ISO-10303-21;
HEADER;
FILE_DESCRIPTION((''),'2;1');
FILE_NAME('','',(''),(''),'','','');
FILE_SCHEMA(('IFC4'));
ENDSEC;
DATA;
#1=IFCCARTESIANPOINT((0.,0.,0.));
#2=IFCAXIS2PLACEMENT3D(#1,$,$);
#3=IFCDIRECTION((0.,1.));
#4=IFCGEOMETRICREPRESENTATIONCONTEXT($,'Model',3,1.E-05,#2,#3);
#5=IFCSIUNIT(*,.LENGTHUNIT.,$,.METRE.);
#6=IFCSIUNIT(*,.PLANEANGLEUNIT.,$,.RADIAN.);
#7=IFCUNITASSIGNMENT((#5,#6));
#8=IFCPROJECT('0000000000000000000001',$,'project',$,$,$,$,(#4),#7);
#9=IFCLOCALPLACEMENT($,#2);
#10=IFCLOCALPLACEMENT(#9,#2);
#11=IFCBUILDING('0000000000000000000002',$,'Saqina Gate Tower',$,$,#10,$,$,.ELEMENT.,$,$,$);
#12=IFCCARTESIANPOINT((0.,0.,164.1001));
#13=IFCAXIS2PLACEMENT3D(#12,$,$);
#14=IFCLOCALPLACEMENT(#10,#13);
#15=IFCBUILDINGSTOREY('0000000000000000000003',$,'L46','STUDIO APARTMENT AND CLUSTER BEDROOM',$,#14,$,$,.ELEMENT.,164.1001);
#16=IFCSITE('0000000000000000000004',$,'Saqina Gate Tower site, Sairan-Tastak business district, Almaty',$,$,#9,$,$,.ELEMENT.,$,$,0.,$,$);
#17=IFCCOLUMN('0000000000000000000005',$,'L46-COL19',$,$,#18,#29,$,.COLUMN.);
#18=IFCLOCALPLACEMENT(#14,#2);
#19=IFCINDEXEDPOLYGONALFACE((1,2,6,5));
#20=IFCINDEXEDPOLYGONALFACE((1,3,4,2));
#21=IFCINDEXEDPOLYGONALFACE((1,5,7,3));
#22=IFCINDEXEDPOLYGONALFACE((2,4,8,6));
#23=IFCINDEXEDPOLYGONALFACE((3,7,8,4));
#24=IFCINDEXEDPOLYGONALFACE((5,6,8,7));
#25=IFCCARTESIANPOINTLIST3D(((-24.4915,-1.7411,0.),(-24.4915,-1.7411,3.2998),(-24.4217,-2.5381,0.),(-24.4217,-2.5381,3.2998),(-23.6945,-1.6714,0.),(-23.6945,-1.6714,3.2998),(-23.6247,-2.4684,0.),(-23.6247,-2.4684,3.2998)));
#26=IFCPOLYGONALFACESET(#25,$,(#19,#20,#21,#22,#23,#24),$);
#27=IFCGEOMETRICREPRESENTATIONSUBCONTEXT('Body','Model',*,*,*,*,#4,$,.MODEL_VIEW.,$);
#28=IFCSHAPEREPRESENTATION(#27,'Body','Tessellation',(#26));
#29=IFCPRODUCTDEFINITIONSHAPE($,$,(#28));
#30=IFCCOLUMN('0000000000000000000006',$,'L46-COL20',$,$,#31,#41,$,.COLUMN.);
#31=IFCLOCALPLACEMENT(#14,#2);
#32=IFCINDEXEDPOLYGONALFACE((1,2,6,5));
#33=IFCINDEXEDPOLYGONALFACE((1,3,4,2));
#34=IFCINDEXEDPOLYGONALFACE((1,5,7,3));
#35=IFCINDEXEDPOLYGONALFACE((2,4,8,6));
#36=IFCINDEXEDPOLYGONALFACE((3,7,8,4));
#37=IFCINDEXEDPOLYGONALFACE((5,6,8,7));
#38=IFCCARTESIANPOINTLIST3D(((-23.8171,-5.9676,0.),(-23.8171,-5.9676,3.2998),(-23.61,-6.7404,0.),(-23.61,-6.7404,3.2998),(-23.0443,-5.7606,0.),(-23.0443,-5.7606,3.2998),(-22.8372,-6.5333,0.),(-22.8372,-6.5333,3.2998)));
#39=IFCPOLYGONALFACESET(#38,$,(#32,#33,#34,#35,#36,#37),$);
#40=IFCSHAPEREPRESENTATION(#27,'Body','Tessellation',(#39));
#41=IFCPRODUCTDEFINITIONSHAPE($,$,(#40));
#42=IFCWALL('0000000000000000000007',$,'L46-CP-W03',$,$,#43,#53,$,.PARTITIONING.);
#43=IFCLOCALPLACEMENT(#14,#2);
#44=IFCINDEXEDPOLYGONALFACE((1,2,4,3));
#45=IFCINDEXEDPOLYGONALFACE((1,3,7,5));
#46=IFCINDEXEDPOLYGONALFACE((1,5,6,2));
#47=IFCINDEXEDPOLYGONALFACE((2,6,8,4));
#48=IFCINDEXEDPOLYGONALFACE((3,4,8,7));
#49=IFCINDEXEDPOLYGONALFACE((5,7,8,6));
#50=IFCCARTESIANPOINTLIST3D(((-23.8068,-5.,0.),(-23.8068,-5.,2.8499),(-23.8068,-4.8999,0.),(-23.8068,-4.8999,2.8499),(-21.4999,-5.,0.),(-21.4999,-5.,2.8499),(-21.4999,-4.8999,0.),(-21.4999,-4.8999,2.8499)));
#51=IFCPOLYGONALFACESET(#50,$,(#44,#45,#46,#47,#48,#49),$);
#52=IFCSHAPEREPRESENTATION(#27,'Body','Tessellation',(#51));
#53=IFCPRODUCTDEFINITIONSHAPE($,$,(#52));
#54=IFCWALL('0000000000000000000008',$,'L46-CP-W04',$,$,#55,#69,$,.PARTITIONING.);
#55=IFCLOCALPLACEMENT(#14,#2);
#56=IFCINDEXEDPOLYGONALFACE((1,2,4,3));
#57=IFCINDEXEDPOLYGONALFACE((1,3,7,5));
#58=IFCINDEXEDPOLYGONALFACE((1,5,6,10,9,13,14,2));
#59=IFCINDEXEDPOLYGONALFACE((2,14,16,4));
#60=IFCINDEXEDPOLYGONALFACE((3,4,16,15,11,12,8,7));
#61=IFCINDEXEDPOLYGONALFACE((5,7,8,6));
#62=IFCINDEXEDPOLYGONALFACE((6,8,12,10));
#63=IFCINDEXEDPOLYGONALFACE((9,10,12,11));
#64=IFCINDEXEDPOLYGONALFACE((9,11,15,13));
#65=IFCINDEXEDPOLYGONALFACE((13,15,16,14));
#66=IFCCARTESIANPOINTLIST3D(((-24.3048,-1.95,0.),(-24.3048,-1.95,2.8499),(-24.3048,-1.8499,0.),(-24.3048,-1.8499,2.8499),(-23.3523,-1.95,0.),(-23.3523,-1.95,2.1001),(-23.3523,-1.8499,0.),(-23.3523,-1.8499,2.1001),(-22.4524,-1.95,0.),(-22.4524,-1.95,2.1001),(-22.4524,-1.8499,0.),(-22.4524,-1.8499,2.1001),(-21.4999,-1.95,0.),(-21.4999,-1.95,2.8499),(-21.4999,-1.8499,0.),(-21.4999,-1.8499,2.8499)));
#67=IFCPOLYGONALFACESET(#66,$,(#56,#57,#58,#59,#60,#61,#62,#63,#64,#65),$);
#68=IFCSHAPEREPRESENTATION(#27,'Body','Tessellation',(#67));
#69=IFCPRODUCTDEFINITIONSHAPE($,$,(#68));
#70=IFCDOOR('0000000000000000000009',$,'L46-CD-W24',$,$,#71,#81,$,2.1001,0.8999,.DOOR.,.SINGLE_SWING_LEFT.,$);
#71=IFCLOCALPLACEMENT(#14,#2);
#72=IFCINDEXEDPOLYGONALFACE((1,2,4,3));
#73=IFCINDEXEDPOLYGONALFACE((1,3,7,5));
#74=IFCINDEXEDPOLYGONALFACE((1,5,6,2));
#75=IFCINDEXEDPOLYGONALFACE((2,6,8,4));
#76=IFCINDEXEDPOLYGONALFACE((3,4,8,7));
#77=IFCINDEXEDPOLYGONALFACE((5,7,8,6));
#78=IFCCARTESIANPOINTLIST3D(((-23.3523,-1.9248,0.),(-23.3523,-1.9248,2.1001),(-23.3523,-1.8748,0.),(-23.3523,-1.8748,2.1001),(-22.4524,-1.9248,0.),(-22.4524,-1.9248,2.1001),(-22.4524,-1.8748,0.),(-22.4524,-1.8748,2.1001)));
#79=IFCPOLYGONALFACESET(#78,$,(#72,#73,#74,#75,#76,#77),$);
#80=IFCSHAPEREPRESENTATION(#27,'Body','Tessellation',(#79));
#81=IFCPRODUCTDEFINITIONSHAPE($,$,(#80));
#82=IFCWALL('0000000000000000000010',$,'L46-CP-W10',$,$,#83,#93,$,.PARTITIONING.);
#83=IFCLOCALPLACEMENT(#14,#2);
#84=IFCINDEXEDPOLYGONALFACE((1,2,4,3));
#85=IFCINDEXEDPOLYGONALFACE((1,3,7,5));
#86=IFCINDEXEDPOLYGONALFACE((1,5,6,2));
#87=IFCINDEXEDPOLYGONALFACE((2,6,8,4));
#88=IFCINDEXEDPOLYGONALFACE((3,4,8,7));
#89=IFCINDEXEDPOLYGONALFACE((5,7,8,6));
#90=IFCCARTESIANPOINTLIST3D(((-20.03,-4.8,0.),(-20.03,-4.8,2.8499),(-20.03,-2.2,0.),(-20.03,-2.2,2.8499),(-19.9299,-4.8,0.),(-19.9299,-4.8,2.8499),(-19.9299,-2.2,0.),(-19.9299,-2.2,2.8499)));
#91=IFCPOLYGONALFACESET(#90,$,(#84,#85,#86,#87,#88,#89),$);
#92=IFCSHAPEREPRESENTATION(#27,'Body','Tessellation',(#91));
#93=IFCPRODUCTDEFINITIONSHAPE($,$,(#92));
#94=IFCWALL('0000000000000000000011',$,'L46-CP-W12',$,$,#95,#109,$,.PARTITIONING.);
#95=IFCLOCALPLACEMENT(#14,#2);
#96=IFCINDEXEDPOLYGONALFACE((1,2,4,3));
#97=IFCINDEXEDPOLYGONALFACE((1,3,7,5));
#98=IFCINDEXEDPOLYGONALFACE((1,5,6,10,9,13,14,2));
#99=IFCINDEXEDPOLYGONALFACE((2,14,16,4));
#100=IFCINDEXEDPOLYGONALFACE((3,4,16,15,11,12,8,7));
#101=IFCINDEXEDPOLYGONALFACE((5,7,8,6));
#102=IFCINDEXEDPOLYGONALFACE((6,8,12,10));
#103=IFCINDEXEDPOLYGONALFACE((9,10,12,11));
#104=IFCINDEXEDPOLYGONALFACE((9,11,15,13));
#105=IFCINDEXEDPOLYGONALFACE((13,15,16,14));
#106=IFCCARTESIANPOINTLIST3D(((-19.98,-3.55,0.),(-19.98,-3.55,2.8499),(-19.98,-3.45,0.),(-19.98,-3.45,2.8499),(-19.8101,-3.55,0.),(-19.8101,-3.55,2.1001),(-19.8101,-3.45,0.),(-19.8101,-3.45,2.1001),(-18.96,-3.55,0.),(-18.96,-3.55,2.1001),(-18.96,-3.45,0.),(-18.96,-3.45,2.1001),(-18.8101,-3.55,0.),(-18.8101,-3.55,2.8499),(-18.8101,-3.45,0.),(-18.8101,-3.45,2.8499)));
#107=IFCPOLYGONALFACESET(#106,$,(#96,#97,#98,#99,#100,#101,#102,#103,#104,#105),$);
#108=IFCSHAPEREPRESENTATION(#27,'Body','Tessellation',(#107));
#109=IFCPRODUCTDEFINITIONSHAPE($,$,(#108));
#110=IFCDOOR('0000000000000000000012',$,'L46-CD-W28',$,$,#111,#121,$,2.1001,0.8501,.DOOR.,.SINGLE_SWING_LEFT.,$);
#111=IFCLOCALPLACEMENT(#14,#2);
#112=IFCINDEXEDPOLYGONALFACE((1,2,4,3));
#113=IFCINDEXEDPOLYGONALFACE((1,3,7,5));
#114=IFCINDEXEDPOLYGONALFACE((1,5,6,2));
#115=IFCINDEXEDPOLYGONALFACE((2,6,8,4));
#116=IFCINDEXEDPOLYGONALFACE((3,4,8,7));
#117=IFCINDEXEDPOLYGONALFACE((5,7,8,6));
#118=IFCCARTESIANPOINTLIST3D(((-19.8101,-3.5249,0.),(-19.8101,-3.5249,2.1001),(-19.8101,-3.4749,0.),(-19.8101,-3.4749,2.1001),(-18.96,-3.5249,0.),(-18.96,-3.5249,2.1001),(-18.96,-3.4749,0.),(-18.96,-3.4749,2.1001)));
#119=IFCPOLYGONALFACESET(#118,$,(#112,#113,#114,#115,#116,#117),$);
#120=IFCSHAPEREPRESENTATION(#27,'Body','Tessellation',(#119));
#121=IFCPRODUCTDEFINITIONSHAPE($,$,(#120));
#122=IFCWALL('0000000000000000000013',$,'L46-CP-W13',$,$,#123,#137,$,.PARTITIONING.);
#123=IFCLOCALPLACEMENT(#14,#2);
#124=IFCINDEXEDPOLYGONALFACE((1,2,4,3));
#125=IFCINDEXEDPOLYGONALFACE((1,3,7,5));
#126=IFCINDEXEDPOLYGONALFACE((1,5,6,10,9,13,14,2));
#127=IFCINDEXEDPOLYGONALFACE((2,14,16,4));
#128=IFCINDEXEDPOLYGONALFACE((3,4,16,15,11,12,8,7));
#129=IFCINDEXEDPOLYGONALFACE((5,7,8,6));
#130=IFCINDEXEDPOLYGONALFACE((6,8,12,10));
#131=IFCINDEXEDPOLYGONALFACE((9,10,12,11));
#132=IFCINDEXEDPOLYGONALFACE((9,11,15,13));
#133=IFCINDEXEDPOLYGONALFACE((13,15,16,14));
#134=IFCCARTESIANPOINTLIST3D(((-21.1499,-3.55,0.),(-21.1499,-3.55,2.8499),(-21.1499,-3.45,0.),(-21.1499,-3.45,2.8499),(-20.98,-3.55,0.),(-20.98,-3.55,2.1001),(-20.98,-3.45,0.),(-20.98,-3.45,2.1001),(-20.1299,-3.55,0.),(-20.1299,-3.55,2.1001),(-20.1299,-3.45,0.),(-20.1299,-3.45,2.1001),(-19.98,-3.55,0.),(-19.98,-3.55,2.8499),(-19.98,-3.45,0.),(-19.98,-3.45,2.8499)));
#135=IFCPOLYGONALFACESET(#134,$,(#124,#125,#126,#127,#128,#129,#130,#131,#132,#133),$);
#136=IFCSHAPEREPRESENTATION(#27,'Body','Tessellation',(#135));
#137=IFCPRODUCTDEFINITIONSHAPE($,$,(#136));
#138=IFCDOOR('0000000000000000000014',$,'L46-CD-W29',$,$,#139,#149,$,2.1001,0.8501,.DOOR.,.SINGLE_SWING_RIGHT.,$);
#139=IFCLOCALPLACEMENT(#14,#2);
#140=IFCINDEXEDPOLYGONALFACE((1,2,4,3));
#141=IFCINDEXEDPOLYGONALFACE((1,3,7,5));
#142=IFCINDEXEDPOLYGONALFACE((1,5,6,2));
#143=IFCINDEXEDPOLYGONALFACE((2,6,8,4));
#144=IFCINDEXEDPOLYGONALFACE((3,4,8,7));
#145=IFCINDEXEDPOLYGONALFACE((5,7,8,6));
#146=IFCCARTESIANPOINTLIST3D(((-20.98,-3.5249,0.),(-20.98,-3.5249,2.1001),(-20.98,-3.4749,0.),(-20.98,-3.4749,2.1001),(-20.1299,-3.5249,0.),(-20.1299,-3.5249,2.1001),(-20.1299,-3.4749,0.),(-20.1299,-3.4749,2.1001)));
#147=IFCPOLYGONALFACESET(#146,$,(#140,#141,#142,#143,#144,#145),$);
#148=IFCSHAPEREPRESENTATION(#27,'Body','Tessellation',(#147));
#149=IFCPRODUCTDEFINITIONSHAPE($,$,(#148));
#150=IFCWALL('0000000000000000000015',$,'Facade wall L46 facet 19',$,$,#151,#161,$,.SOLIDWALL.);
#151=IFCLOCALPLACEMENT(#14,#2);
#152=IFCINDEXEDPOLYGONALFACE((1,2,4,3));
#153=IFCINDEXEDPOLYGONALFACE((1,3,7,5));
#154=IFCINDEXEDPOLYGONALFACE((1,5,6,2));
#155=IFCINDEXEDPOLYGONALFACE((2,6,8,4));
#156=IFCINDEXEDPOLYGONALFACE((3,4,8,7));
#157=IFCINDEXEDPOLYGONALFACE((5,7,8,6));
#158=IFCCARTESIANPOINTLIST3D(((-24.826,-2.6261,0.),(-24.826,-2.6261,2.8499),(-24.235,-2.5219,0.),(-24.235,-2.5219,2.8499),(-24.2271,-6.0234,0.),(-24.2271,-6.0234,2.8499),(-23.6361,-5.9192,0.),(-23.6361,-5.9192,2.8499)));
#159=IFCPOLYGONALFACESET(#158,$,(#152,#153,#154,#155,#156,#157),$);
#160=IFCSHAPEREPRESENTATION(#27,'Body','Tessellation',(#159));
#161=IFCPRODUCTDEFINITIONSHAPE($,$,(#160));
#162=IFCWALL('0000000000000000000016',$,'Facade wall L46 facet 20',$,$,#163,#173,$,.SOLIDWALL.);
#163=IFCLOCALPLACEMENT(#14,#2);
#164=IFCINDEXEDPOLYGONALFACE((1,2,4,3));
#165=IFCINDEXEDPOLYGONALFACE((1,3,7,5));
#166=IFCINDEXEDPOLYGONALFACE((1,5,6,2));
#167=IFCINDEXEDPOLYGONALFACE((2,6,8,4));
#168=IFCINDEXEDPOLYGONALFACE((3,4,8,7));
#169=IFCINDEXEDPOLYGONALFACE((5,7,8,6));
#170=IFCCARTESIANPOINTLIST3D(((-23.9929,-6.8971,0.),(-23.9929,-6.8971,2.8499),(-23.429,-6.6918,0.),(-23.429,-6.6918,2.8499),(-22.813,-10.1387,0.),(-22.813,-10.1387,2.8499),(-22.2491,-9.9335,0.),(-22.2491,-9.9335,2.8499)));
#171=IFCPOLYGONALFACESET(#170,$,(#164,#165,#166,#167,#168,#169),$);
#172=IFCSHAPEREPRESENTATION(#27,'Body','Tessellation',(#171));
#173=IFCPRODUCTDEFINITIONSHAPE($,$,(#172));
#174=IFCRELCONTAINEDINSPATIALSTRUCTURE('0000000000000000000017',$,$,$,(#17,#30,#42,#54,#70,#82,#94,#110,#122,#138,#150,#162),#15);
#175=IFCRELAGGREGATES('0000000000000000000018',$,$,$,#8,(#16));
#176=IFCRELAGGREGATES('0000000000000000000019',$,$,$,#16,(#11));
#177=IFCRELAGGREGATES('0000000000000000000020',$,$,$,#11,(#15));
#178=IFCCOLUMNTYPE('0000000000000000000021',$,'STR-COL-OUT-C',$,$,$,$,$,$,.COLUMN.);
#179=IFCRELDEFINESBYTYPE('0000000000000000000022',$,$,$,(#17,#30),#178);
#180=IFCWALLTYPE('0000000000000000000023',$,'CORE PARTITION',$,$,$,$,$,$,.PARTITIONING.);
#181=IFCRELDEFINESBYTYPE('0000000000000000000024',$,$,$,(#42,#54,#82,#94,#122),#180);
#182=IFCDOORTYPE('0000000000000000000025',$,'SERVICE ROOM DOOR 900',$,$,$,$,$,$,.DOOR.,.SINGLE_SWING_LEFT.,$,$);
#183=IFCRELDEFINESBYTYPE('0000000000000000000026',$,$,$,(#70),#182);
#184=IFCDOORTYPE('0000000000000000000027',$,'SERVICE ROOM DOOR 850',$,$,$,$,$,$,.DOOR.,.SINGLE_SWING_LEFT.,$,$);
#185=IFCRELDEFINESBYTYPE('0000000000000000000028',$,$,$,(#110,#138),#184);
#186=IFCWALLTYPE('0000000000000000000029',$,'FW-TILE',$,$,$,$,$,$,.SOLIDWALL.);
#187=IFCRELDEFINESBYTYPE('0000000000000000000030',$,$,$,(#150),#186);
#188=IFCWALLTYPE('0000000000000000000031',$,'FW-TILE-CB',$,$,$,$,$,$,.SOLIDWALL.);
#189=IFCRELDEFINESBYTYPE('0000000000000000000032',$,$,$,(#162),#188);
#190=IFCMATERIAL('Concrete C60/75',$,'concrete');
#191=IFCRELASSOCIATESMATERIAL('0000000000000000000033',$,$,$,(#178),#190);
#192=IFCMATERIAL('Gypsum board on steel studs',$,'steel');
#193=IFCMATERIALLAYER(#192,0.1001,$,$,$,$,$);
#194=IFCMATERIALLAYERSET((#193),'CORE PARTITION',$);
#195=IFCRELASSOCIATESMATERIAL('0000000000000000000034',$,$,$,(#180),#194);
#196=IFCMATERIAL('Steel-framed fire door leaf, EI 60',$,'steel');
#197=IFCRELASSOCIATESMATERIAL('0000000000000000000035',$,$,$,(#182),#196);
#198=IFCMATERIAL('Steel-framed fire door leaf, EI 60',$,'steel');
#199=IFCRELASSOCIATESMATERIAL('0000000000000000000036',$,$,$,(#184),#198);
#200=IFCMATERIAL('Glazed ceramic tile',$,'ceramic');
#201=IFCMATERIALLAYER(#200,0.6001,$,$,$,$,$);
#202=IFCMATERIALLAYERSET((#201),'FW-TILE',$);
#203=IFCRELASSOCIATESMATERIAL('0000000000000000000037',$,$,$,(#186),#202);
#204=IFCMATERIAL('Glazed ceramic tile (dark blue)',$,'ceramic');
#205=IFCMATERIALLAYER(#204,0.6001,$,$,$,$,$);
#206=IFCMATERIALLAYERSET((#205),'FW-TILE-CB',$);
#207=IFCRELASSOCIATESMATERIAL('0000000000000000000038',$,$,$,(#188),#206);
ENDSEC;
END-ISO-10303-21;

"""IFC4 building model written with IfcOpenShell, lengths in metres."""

from ifc_helpers import new_model, si_unit, direction, frame, frame_2d, origin, origin_2d, place, context, subcontext, project, spatial, rectangle, extrude, material, layer, layer_set, material_profile, profile_set, type_object, element, fill, save


model = new_model("IFC4")

# Units and contexts
model_context = context("Model", 3, precision=1e-05, world=origin(), true_north=direction((0.0, 1.0)))
body_context = subcontext(model_context, "Body", "Model", "MODEL_VIEW")
ifc_project = project(units=[si_unit("LENGTHUNIT", "METRE"), si_unit("PLANEANGLEUNIT", "RADIAN")], contexts=[model_context])

# Site, building, storey
site_placement = place(None, origin())
site = spatial("IfcSite", under=ifc_project, at=site_placement, Name="Saqina Gate Tower site, Sairan-Tastak business district, Almaty", CompositionType="ELEMENT", RefElevation=0.0)
building_placement = place(site_placement, origin())
building = spatial("IfcBuilding", under=site, at=building_placement, Name="Saqina Gate Tower", CompositionType="ELEMENT")
storey_placement = place(building_placement, frame((0.0, 0.0, 164.1001)))
storey = spatial("IfcBuildingStorey", under=building, at=storey_placement, Name="L46", Description="STUDIO APARTMENT AND CLUSTER BEDROOM", CompositionType="ELEMENT", Elevation=164.1001)

# Columns
ifc_material_1 = material(Name="Concrete C60/75", Category="concrete")
ifc_material_profile = material_profile(ifc_material_1, rectangle(XDim=0.8, YDim=0.8, at=origin_2d()), Name="RC 800x800")
ifc_profile_set = profile_set([ifc_material_profile], Name="Concrete C60/75")
column_type = type_object("IfcColumnType", Name="STR-COL-OUT-C", PredefinedType="COLUMN", material=ifc_profile_set)
for number, where, z_axis, x_axis, name in (
    (1, (-24.0581, -2.1047, 0.0), (0.0, 0.0, 1.0), (-0.996195, -0.087156, 0.0), "L46-COL19"),
    (2, (-23.3271, -6.2505, 0.0), (0.0, 0.0, 1.0), (-0.965926, -0.258819, 0.0), "L46-COL20"),
):
    element("IfcColumn", number, at=place(storey_placement, frame(where, z_axis=z_axis, x_axis=x_axis)), inside=storey, type_object=column_type, Name=name, PredefinedType="COLUMN", context=body_context, shape_type="SweptSolid", body=[
        extrude(rectangle(XDim=0.8, YDim=0.8, at=origin_2d()), origin(), (0.0, 0.0, 1.0), 3.2998),
    ])

# Wall
ifc_material_2 = material(Name="Gypsum board on steel studs", Category="steel")
ifc_layer_1 = layer(ifc_material_2, 0.1001)
ifc_layer_set_1 = layer_set([ifc_layer_1], Name="CORE PARTITION")
wall_type_1 = type_object("IfcWallType", Name="CORE PARTITION", PredefinedType="PARTITIONING", material=ifc_layer_set_1)
wall_1_placement = place(storey_placement, frame((-21.5, -4.95, 0.0), z_axis=(0.0, 0.0, 1.0), x_axis=(-1.0, 0.0, 0.0)))
element("IfcWall", 3, at=wall_1_placement, inside=storey, type_object=wall_type_1, Name="L46-CP-W03", PredefinedType="PARTITIONING", context=body_context, shape_type="SweptSolid", body=[
    extrude(rectangle(XDim=2.3069, YDim=0.1001, at=frame_2d((1.1533, 0.0))), origin(), (0.0, 0.0, 1.0), 2.8499),
])

# Wall, opening, door
wall_2_placement = place(storey_placement, frame((-21.5, -1.8999, 0.0), z_axis=(0.0, 0.0, 1.0), x_axis=(-1.0, 0.0, 0.0)))
wall_2 = element("IfcWall", 4, at=wall_2_placement, inside=storey, type_object=wall_type_1, Name="L46-CP-W04", PredefinedType="PARTITIONING", context=body_context, shape_type="SweptSolid", body=[
    extrude(rectangle(XDim=2.8049, YDim=0.1001, at=frame_2d((1.4023, 0.0))), origin(), (0.0, 0.0, 1.0), 2.8499),
])
opening_1_placement = place(wall_2_placement, frame((0.9524, 0.0, 0.0)))
opening_1 = element("IfcOpeningElement", 5, at=opening_1_placement, cuts=wall_2, PredefinedType="OPENING", context=body_context, shape_type="SweptSolid", body=[
    extrude(rectangle(XDim=0.8999, YDim=2.1001, at=frame_2d((0.45, 1.05))), frame((0.0, 0.062, 0.0), z_axis=(0.0, -1.0, 0.0), x_axis=(1.0, 0.0, 0.0)), (0.0, 0.0, 1.0), 0.124),
])
ifc_material_3 = material(Name="Steel-framed fire door leaf, EI 60", Category="steel")
door_type_1 = type_object("IfcDoorType", Name="SERVICE ROOM DOOR 900", OperationType="SINGLE_SWING_LEFT", PredefinedType="DOOR", material=ifc_material_3)
door_1_placement = place(opening_1_placement, origin())
door_1 = element("IfcDoor", 6, at=door_1_placement, inside=storey, type_object=door_type_1, Name="L46-CD-W24", OperationType="SINGLE_SWING_LEFT", OverallHeight=2.1001, OverallWidth=0.8999, PredefinedType="DOOR", context=body_context, shape_type="SweptSolid", body=[
    extrude(rectangle(XDim=0.8999, YDim=2.1001, at=frame_2d((0.45, 1.05))), frame((0.0, 0.0249, 0.0), z_axis=(0.0, -1.0, 0.0), x_axis=(1.0, 0.0, 0.0)), (0.0, 0.0, 1.0), 0.05),
])
fill(opening_1, door_1)

# Wall
wall_3_placement = place(storey_placement, frame((-19.98, -4.8, 0.0), z_axis=(0.0, 0.0, 1.0), x_axis=(0.0, 1.0, 0.0)))
element("IfcWall", 7, at=wall_3_placement, inside=storey, type_object=wall_type_1, Name="L46-CP-W10", PredefinedType="PARTITIONING", context=body_context, shape_type="SweptSolid", body=[
    extrude(rectangle(XDim=2.6001, YDim=0.1001, at=frame_2d((1.3, 0.0))), origin(), (0.0, 0.0, 1.0), 2.8499),
])

# Walls, openings, doors
wall_4_placement = place(storey_placement, frame((-18.8101, -3.5, 0.0), z_axis=(0.0, 0.0, 1.0), x_axis=(-1.0, 0.0, 0.0)))
wall_4 = element("IfcWall", 8, at=wall_4_placement, inside=storey, type_object=wall_type_1, Name="L46-CP-W12", PredefinedType="PARTITIONING", context=body_context, shape_type="SweptSolid", body=[
    extrude(rectangle(XDim=1.1699, YDim=0.1001, at=frame_2d((0.585, 0.0))), origin(), (0.0, 0.0, 1.0), 2.8499),
])
opening_2_placement = place(wall_4_placement, frame((0.1499, 0.0, 0.0)))
opening_2 = element("IfcOpeningElement", 9, at=opening_2_placement, cuts=wall_4, PredefinedType="OPENING", context=body_context, shape_type="SweptSolid", body=[
    extrude(rectangle(XDim=0.8501, YDim=2.1001, at=frame_2d((0.425, 1.05))), frame((0.0, 0.062, 0.0), z_axis=(0.0, -1.0, 0.0), x_axis=(1.0, 0.0, 0.0)), (0.0, 0.0, 1.0), 0.124),
])
ifc_material_4 = material(Name="Steel-framed fire door leaf, EI 60", Category="steel")
door_type_2 = type_object("IfcDoorType", Name="SERVICE ROOM DOOR 850", OperationType="SINGLE_SWING_LEFT", PredefinedType="DOOR", material=ifc_material_4)
door_2_placement = place(opening_2_placement, origin())
door_2 = element("IfcDoor", 10, at=door_2_placement, inside=storey, type_object=door_type_2, Name="L46-CD-W28", OperationType="SINGLE_SWING_LEFT", OverallHeight=2.1001, OverallWidth=0.8501, PredefinedType="DOOR", context=body_context, shape_type="SweptSolid", body=[
    extrude(rectangle(XDim=0.8501, YDim=2.1001, at=frame_2d((0.425, 1.05))), frame((0.0, 0.0249, 0.0), z_axis=(0.0, -1.0, 0.0), x_axis=(1.0, 0.0, 0.0)), (0.0, 0.0, 1.0), 0.05),
])
fill(opening_2, door_2)
wall_5_placement = place(storey_placement, frame((-19.98, -3.5, 0.0), z_axis=(0.0, 0.0, 1.0), x_axis=(-1.0, 0.0, 0.0)))
wall_5 = element("IfcWall", 11, at=wall_5_placement, inside=storey, type_object=wall_type_1, Name="L46-CP-W13", PredefinedType="PARTITIONING", context=body_context, shape_type="SweptSolid", body=[
    extrude(rectangle(XDim=1.1699, YDim=0.1001, at=frame_2d((0.585, 0.0))), origin(), (0.0, 0.0, 1.0), 2.8499),
])
opening_3_placement = place(wall_5_placement, frame((0.1499, 0.0, 0.0)))
opening_3 = element("IfcOpeningElement", 12, at=opening_3_placement, cuts=wall_5, PredefinedType="OPENING", context=body_context, shape_type="SweptSolid", body=[
    extrude(rectangle(XDim=0.8501, YDim=2.1001, at=frame_2d((0.425, 1.05))), frame((0.0, 0.062, 0.0), z_axis=(0.0, -1.0, 0.0), x_axis=(1.0, 0.0, 0.0)), (0.0, 0.0, 1.0), 0.124),
])
door_3_placement = place(opening_3_placement, origin())
door_3 = element("IfcDoor", 13, at=door_3_placement, inside=storey, type_object=door_type_2, Name="L46-CD-W29", OperationType="SINGLE_SWING_RIGHT", OverallHeight=2.1001, OverallWidth=0.8501, PredefinedType="DOOR", context=body_context, shape_type="SweptSolid", body=[
    extrude(rectangle(XDim=0.8501, YDim=2.1001, at=frame_2d((0.425, 1.05))), frame((0.0, 0.0249, 0.0), z_axis=(0.0, -1.0, 0.0), x_axis=(1.0, 0.0, 0.0)), (0.0, 0.0, 1.0), 0.05),
])
fill(opening_3, door_3)

# Walls
ifc_material_5 = material(Name="Glazed ceramic tile", Category="ceramic")
ifc_layer_2 = layer(ifc_material_5, 0.6001)
ifc_layer_set_2 = layer_set([ifc_layer_2], Name="FW-TILE")
wall_type_2 = type_object("IfcWallType", Name="FW-TILE", PredefinedType="SOLIDWALL", material=ifc_layer_set_2)
wall_6_placement = place(storey_placement, frame((-24.5305, -2.574, 0.0), z_axis=(0.0, 0.0, 1.0), x_axis=(0.173608, -0.984815, 0.0)))
element("IfcWall", 14, at=wall_6_placement, inside=storey, type_object=wall_type_2, Name="Facade wall L46 facet 19", PredefinedType="SOLIDWALL", context=body_context, shape_type="SweptSolid", body=[
    extrude(rectangle(XDim=3.4497, YDim=0.6001, at=frame_2d((1.7249, 0.0))), origin(), (0.0, 0.0, 1.0), 2.8499),
])
ifc_material_6 = material(Name="Glazed ceramic tile (dark blue)", Category="ceramic")
ifc_layer_3 = layer(ifc_material_6, 0.6001)
ifc_layer_set_3 = layer_set([ifc_layer_3], Name="FW-TILE-CB")
wall_type_3 = type_object("IfcWallType", Name="FW-TILE-CB", PredefinedType="SOLIDWALL", material=ifc_layer_set_3)
wall_7_placement = place(storey_placement, frame((-23.7109, -6.7944, 0.0), z_axis=(0.0, 0.0, 1.0), x_axis=(0.342033, -0.939688, 0.0)))
element("IfcWall", 15, at=wall_7_placement, inside=storey, type_object=wall_type_3, Name="Facade wall L46 facet 20", PredefinedType="SOLIDWALL", context=body_context, shape_type="SweptSolid", body=[
    extrude(rectangle(XDim=3.4497, YDim=0.6001, at=frame_2d((1.7249, 0.0))), origin(), (0.0, 0.0, 1.0), 2.8499),
])

save(model, "model.ifc")
